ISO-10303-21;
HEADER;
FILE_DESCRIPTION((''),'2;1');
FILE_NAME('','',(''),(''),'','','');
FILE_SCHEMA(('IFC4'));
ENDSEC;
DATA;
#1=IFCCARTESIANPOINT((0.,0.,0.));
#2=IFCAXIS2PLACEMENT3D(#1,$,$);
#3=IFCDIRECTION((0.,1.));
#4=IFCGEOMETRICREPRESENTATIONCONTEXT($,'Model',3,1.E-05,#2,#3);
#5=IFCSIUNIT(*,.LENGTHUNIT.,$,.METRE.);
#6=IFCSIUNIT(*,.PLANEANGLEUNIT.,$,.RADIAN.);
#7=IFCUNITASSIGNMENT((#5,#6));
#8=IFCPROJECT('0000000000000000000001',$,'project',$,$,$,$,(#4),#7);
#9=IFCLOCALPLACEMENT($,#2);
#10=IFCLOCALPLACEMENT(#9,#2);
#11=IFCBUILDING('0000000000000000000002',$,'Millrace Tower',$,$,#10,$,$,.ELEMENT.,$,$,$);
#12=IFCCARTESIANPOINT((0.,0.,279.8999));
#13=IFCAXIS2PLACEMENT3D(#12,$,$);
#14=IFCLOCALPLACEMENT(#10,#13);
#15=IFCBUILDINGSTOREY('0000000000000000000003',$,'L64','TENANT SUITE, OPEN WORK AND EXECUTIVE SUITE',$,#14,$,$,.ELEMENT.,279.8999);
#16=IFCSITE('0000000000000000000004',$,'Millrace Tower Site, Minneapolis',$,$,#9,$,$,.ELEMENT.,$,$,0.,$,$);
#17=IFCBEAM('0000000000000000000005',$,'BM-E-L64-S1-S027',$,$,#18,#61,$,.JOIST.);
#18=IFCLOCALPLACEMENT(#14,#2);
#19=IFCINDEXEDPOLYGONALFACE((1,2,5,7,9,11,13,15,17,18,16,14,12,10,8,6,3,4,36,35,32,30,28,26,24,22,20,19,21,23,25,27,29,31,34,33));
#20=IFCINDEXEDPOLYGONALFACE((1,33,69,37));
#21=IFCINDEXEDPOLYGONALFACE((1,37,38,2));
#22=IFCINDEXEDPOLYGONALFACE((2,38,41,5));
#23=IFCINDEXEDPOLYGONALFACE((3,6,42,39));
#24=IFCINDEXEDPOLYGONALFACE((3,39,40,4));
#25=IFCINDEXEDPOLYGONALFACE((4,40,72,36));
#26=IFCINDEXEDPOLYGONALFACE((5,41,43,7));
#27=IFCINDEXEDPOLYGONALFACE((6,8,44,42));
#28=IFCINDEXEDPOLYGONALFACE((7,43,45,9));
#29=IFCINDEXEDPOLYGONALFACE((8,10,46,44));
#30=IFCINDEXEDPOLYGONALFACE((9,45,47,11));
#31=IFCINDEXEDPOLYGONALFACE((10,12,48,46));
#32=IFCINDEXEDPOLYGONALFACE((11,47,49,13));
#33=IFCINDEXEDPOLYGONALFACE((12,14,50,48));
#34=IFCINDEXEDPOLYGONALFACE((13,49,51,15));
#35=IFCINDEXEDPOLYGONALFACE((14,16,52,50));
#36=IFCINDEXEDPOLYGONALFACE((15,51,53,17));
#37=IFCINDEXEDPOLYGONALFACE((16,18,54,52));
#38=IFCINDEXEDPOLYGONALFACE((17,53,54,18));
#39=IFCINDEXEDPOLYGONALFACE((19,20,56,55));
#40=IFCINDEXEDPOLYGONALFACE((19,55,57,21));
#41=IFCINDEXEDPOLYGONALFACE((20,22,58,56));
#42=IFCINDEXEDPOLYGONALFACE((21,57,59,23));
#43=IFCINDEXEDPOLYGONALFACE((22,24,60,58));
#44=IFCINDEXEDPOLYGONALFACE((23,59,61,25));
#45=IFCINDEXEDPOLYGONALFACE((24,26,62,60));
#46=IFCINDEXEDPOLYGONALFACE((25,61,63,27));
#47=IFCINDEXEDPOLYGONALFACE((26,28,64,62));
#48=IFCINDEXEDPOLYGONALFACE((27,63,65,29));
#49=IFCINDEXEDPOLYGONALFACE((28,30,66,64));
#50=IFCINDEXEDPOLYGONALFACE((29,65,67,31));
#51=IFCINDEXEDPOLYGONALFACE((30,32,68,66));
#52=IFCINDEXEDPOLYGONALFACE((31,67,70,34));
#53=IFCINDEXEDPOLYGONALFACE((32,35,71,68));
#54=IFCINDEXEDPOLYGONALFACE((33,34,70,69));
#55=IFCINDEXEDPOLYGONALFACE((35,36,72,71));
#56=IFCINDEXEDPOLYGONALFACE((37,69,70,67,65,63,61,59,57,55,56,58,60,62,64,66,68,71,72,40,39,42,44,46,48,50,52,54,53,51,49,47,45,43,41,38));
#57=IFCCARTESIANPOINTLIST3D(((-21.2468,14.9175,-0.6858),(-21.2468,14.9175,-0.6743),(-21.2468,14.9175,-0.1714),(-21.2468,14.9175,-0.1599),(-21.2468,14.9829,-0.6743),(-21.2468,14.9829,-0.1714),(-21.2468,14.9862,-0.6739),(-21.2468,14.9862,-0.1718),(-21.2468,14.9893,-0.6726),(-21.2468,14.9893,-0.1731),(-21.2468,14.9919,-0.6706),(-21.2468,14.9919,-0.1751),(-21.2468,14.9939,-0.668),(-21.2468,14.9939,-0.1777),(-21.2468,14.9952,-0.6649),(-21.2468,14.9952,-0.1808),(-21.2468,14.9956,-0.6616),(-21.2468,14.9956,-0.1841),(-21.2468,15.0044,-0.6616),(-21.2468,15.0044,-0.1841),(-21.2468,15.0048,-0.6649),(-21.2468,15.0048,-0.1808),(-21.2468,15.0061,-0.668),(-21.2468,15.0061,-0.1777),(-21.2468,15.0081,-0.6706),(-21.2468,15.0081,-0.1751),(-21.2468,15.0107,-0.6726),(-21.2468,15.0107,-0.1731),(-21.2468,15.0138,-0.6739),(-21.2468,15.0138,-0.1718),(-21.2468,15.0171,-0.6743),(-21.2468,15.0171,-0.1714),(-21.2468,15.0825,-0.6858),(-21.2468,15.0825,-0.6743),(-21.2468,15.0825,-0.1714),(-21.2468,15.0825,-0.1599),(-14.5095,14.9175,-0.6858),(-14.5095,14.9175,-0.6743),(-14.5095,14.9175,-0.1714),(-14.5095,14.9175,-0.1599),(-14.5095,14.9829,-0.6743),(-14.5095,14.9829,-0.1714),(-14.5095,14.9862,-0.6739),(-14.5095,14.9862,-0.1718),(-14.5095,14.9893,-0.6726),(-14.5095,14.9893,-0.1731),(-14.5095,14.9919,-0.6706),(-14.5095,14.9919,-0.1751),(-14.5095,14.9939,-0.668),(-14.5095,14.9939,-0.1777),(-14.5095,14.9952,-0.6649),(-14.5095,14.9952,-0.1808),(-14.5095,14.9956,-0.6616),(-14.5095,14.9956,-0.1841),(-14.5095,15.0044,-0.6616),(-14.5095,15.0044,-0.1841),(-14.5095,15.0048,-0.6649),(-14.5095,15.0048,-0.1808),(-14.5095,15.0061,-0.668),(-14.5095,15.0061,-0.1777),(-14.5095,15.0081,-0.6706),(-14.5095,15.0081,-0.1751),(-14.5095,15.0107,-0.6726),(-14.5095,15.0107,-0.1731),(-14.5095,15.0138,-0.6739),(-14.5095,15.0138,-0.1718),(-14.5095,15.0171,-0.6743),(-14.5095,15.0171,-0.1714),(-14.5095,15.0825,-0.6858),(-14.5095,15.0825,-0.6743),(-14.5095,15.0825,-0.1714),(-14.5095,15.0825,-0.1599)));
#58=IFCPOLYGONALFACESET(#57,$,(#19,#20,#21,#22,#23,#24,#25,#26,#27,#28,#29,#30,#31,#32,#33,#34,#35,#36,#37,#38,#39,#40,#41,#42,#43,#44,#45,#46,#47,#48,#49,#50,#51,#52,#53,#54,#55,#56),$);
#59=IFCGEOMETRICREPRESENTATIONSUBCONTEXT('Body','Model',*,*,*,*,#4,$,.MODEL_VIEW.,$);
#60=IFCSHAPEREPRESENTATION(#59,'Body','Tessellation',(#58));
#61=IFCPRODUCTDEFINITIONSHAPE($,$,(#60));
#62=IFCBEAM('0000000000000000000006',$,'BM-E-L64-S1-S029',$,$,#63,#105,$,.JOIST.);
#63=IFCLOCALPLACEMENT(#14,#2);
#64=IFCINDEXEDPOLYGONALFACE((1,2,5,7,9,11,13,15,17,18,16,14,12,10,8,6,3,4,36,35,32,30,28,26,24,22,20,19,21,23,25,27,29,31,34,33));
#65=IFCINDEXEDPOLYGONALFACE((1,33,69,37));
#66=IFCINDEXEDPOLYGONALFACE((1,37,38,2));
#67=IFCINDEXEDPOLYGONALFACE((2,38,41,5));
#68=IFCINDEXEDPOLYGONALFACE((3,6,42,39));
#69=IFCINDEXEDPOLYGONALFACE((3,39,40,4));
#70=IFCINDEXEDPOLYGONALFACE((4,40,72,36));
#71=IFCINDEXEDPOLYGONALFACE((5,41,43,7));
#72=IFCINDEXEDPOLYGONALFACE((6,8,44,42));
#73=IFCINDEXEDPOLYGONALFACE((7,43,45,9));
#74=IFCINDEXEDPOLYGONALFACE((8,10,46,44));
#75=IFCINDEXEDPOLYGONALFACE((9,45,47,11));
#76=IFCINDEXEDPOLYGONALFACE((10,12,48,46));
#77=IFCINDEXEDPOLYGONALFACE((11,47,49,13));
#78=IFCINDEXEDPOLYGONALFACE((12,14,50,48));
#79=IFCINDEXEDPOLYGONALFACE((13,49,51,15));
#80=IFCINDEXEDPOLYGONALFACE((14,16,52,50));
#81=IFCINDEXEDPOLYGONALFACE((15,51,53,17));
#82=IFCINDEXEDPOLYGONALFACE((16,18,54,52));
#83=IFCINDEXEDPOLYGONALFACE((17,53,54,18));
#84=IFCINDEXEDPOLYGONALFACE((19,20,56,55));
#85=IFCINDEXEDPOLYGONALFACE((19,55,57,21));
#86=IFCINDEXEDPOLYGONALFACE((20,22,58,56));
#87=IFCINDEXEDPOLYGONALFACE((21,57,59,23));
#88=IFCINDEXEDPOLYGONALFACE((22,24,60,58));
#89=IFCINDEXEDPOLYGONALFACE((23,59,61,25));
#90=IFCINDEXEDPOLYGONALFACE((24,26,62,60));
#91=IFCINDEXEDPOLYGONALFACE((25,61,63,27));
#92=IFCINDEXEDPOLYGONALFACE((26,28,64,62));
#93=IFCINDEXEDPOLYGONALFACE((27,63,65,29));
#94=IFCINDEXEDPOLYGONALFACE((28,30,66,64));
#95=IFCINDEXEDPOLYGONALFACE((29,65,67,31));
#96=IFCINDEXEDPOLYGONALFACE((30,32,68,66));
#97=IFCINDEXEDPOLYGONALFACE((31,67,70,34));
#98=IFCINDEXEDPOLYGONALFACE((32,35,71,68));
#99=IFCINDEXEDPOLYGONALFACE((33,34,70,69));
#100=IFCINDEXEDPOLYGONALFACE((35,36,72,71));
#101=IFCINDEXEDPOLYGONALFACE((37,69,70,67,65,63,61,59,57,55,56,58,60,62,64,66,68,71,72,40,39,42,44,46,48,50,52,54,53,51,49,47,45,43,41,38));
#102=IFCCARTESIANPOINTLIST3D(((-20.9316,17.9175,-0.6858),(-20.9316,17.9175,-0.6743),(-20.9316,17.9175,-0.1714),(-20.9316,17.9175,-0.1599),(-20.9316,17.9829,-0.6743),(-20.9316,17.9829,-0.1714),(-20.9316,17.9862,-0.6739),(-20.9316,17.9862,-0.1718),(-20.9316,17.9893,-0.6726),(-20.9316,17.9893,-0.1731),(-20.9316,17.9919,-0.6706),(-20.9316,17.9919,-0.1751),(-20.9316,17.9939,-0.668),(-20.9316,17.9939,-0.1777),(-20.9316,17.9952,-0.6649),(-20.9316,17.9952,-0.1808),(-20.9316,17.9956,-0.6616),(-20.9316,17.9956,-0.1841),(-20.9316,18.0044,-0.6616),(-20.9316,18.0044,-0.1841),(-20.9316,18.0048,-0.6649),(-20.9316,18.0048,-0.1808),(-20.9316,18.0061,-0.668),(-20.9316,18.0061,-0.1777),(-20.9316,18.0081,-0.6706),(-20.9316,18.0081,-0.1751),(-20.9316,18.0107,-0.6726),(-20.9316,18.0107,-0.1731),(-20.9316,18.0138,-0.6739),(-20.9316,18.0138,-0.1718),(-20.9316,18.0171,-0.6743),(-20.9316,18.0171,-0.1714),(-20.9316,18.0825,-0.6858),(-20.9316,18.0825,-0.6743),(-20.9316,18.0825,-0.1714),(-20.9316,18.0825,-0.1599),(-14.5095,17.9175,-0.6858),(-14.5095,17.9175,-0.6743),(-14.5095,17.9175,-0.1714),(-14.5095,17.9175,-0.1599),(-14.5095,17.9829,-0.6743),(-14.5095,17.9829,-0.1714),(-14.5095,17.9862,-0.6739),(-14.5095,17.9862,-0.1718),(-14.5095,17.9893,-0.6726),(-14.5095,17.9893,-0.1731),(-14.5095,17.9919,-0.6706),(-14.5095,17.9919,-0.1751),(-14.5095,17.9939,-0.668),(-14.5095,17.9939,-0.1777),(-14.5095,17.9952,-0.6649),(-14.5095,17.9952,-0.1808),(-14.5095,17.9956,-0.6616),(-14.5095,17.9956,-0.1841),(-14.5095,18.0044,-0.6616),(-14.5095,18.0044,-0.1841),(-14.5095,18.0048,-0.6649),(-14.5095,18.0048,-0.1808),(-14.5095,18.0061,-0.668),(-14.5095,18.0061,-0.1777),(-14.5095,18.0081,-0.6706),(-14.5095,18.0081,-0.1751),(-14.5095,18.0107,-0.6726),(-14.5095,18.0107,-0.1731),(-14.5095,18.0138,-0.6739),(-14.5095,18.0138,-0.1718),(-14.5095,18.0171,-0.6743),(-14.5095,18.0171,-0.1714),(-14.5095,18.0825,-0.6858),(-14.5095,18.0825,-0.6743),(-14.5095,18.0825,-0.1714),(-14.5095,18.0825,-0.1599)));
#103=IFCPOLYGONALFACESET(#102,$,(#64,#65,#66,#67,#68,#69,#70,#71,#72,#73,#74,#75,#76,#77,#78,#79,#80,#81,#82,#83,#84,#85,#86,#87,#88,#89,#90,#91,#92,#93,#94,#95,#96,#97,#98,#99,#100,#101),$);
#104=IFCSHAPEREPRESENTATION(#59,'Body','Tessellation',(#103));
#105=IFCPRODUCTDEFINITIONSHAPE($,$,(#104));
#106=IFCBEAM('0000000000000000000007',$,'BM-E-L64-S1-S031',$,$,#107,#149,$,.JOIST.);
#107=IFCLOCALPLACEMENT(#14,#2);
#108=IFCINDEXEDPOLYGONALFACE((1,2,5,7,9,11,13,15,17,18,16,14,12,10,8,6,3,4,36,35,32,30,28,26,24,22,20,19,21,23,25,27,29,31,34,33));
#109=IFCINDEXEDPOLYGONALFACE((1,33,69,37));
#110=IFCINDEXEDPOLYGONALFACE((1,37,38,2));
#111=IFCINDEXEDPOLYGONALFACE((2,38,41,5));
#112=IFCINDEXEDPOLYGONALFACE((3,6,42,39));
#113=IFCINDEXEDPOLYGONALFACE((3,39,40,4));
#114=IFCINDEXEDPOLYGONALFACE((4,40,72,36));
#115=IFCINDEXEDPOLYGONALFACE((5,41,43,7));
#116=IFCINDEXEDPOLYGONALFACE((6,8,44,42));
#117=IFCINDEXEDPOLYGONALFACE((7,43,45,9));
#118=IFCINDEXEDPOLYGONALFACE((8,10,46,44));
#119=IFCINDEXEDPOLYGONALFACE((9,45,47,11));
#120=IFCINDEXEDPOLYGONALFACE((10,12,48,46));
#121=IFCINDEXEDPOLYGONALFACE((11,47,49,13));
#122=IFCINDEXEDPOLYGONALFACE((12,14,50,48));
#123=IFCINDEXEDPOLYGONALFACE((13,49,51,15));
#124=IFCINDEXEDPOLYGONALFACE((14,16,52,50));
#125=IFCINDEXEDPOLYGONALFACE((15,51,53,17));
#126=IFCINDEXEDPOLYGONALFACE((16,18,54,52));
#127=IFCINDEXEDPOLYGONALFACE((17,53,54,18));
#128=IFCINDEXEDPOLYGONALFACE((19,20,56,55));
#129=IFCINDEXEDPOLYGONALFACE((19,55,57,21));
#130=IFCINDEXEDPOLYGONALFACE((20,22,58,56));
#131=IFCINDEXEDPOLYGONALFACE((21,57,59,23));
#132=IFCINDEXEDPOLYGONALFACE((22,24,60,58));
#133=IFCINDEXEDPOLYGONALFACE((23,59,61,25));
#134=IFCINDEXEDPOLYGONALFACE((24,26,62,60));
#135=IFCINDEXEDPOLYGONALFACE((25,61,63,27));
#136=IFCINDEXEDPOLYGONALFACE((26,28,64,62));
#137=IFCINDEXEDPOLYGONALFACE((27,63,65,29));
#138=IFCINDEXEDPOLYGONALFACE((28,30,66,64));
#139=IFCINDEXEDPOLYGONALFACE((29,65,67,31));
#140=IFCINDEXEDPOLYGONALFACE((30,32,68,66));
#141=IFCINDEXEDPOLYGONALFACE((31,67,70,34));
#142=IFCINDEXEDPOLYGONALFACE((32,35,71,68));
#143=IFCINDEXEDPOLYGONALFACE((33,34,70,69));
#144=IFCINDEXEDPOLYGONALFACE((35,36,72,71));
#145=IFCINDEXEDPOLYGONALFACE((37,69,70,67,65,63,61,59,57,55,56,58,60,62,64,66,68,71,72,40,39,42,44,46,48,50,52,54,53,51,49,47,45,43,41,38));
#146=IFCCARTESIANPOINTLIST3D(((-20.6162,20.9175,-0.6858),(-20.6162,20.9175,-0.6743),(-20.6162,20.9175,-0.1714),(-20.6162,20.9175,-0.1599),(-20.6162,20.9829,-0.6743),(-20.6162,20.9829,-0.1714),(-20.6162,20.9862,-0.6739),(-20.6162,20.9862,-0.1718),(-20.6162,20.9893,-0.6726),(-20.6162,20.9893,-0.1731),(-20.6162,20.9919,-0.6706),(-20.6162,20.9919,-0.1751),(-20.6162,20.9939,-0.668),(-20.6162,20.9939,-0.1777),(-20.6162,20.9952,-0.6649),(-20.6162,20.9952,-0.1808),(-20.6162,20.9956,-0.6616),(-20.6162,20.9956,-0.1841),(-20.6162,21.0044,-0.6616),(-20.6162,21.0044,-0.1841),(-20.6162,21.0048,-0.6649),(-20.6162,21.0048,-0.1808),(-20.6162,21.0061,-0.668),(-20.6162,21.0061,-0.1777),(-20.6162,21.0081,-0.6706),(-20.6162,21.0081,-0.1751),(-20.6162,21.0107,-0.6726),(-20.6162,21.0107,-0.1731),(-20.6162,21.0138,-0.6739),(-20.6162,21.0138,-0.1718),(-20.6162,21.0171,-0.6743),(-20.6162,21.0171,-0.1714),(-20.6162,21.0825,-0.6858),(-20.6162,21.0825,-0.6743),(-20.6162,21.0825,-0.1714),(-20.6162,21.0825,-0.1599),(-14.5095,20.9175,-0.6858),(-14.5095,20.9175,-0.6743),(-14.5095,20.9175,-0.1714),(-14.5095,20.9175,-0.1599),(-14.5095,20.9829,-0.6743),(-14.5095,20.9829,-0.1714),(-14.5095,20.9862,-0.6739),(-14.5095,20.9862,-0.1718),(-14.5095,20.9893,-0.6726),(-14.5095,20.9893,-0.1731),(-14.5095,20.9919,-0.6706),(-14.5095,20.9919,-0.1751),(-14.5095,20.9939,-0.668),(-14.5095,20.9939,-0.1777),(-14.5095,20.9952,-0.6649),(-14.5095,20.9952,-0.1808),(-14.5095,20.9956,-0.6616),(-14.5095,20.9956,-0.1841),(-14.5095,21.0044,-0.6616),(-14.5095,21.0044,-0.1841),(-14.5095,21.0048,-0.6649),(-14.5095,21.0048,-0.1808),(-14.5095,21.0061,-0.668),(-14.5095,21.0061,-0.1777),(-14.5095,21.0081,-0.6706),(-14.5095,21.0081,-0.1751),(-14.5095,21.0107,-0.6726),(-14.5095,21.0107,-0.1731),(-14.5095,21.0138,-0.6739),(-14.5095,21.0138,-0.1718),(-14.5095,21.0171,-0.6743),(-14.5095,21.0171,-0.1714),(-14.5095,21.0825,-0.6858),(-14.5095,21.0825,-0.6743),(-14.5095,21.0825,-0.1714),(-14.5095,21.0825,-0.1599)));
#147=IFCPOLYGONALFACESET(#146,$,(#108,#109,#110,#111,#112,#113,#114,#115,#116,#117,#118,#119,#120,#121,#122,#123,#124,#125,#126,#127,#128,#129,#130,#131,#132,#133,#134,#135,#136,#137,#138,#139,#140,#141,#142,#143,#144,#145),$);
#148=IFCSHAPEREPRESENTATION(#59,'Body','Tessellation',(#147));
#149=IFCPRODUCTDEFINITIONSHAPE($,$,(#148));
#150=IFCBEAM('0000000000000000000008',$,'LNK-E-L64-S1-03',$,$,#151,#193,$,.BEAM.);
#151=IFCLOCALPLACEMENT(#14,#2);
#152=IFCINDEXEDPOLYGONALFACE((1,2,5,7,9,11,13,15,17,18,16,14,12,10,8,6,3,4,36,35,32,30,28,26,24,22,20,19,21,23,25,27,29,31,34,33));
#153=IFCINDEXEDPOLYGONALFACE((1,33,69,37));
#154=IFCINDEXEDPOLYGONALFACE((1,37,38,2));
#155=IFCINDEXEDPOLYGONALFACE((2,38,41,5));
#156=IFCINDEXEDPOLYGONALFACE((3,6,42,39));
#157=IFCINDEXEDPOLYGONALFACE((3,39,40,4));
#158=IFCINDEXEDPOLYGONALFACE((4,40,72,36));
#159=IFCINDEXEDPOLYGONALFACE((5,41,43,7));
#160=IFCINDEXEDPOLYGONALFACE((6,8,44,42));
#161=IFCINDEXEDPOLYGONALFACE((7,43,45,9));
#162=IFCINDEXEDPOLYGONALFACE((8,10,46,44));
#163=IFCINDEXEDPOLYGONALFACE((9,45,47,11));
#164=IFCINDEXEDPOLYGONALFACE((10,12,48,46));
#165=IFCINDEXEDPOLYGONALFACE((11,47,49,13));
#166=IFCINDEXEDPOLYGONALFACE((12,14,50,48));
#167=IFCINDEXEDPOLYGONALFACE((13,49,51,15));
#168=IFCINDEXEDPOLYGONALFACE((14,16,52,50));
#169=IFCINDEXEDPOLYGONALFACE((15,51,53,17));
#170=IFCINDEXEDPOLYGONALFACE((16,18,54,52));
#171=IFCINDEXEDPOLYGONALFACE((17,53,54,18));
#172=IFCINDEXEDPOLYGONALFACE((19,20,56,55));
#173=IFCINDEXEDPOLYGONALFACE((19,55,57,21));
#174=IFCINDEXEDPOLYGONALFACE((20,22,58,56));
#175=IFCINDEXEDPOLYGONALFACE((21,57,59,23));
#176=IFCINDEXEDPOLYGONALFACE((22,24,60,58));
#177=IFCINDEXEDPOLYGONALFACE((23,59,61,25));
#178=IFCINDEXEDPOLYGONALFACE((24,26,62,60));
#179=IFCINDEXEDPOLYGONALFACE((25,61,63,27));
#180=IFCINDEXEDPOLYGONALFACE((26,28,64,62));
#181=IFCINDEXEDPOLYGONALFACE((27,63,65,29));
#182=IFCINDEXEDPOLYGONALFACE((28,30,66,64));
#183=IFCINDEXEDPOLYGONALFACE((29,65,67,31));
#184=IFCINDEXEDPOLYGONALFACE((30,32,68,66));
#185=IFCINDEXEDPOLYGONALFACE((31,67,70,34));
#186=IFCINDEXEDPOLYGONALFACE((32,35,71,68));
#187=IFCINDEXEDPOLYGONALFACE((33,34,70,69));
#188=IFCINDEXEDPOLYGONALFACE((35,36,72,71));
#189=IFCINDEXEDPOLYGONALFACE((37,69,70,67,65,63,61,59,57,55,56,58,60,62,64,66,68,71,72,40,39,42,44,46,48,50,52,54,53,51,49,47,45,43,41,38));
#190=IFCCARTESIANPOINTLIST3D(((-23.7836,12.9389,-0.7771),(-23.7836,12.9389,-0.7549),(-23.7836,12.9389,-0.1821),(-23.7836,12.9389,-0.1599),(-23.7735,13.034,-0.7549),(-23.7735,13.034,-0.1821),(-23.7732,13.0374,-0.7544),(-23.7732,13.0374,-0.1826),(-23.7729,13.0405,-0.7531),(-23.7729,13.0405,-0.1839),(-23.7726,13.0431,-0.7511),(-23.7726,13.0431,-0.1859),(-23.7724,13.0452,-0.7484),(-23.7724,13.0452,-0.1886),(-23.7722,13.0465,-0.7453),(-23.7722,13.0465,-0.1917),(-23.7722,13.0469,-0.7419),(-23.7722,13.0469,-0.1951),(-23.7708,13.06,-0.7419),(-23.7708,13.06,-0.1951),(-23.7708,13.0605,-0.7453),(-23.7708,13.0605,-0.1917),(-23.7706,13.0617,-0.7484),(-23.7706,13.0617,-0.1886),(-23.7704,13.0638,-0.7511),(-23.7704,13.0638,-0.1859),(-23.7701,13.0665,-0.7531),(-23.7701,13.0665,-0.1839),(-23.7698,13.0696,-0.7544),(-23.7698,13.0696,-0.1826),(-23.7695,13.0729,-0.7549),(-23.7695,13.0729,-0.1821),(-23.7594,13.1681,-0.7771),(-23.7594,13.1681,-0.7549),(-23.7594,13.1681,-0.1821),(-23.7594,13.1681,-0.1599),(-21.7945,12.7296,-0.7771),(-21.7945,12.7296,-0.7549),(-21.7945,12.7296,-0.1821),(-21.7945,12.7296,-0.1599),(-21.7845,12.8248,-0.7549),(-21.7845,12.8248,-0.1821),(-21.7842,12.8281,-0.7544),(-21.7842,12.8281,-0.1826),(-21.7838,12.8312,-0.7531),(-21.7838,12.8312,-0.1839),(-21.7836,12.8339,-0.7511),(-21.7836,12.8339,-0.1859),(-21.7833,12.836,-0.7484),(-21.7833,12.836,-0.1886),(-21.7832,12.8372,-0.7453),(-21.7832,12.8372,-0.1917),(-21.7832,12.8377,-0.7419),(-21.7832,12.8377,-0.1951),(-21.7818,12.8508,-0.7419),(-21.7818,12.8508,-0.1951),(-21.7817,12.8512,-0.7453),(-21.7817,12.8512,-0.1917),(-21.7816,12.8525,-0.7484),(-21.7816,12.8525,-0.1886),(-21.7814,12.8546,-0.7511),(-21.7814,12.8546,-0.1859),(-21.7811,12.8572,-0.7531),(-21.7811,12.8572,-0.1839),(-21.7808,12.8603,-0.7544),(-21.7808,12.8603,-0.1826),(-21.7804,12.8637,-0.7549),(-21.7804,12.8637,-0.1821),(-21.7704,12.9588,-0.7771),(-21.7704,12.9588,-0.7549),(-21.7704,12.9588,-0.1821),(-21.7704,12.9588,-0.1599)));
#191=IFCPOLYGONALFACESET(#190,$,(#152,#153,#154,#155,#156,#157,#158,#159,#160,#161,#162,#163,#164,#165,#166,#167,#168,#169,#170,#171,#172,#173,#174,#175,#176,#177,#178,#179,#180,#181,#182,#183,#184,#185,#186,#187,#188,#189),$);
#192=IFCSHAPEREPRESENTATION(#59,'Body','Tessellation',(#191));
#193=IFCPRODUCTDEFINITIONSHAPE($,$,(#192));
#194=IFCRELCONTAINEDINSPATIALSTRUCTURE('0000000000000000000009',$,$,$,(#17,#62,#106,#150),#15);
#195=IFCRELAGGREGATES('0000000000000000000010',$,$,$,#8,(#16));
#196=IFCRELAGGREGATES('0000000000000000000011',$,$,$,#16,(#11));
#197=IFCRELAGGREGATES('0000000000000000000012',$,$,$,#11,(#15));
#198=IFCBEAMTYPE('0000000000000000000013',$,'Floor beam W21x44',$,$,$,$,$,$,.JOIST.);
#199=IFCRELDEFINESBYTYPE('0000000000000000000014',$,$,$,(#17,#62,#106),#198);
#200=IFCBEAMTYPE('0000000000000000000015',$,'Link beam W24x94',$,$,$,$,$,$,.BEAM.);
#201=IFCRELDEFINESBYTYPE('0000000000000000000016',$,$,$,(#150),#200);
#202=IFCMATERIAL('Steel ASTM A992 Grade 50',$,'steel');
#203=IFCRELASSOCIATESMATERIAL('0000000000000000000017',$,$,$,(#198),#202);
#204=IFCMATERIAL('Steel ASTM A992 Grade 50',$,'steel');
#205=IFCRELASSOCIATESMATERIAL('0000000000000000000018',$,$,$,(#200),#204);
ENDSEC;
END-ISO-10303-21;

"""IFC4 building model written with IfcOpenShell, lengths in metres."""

from ifc_helpers import new_model, si_unit, direction, frame, origin, origin_2d, place, context, subcontext, project, spatial, i_section, extrude, material, material_profile, profile_set, type_object, element, save


model = new_model("IFC4")

# Units and contexts
model_context = context("Model", 3, precision=1e-05, world=origin(), true_north=direction((0.0, 1.0)))
body_context = subcontext(model_context, "Body", "Model", "MODEL_VIEW")
ifc_project = project(units=[si_unit("LENGTHUNIT", "METRE"), si_unit("PLANEANGLEUNIT", "RADIAN")], contexts=[model_context])

# Site, building, storey
site_placement = place(None, origin())
site = spatial("IfcSite", under=ifc_project, at=site_placement, Name="Millrace Tower Site, Minneapolis", CompositionType="ELEMENT", RefElevation=0.0)
building_placement = place(site_placement, origin())
building = spatial("IfcBuilding", under=site, at=building_placement, Name="Millrace Tower", CompositionType="ELEMENT")
storey_placement = place(building_placement, frame((0.0, 0.0, 279.8999)))
storey = spatial("IfcBuildingStorey", under=building, at=storey_placement, Name="L64", Description="TENANT SUITE, OPEN WORK AND EXECUTIVE SUITE", CompositionType="ELEMENT", Elevation=279.8999)

# Beams
ifc_material_1 = material(Name="Steel ASTM A992 Grade 50", Category="steel")
ifc_material_profile_1 = material_profile(ifc_material_1, i_section(OverallWidth=0.165, OverallDepth=0.5259, WebThickness=0.0088, FlangeThickness=0.0115, FilletRadius=0.0127, at=origin_2d()))
ifc_profile_set_1 = profile_set([ifc_material_profile_1], Name="Steel ASTM A992 Grade 50")
beam_type_1 = type_object("IfcBeamType", Name="Floor beam W21x44", PredefinedType="JOIST", material=ifc_profile_set_1)
beam_1_placement = place(storey_placement, frame((-21.2468, 15.0, -0.4229), z_axis=(1.0, 0.0, 0.0), x_axis=(0.0, 1.0, 0.0)))
element("IfcBeam", 1, at=beam_1_placement, inside=storey, type_object=beam_type_1, Name="BM-E-L64-S1-S027", PredefinedType="JOIST", context=body_context, shape_type="SweptSolid", body=[
    extrude(i_section(OverallWidth=0.165, OverallDepth=0.5259, WebThickness=0.0088, FlangeThickness=0.0115, FilletRadius=0.0127, at=origin_2d()), origin(), (0.0, 0.0, 1.0), 6.7373),
])
beam_2_placement = place(storey_placement, frame((-20.9316, 18.0, -0.4229), z_axis=(1.0, 0.0, 0.0), x_axis=(0.0, 1.0, 0.0)))
element("IfcBeam", 2, at=beam_2_placement, inside=storey, type_object=beam_type_1, Name="BM-E-L64-S1-S029", PredefinedType="JOIST", context=body_context, shape_type="SweptSolid", body=[
    extrude(i_section(OverallWidth=0.165, OverallDepth=0.5259, WebThickness=0.0088, FlangeThickness=0.0115, FilletRadius=0.0127, at=origin_2d()), origin(), (0.0, 0.0, 1.0), 6.4221),
])
beam_3_placement = place(storey_placement, frame((-20.6162, 21.0, -0.4229), z_axis=(1.0, 0.0, 0.0), x_axis=(0.0, 1.0, 0.0)))
element("IfcBeam", 3, at=beam_3_placement, inside=storey, type_object=beam_type_1, Name="BM-E-L64-S1-S031", PredefinedType="JOIST", context=body_context, shape_type="SweptSolid", body=[
    extrude(i_section(OverallWidth=0.165, OverallDepth=0.5259, WebThickness=0.0088, FlangeThickness=0.0115, FilletRadius=0.0127, at=origin_2d()), origin(), (0.0, 0.0, 1.0), 6.1067),
])
ifc_material_2 = material(Name="Steel ASTM A992 Grade 50", Category="steel")
ifc_material_profile_2 = material_profile(ifc_material_2, i_section(OverallWidth=0.2305, OverallDepth=0.6172, WebThickness=0.0132, FlangeThickness=0.0222, FilletRadius=0.0129, at=origin_2d()))
ifc_profile_set_2 = profile_set([ifc_material_profile_2], Name="Steel ASTM A992 Grade 50")
beam_type_2 = type_object("IfcBeamType", Name="Link beam W24x94", PredefinedType="BEAM", material=ifc_profile_set_2)
beam_4_placement = place(storey_placement, frame((-21.7825, 12.8442, -0.4685), z_axis=(-0.994513, 0.104615, 0.0), x_axis=(-0.104615, -0.994513, 0.0)))
element("IfcBeam", 4, at=beam_4_placement, inside=storey, type_object=beam_type_2, Name="LNK-E-L64-S1-03", PredefinedType="BEAM", context=body_context, shape_type="SweptSolid", body=[
    extrude(i_section(OverallWidth=0.2305, OverallDepth=0.6172, WebThickness=0.0132, FlangeThickness=0.0222, FilletRadius=0.0129, at=origin_2d()), origin(), (0.0, 0.0, 1.0), 2.0),
])

save(model, "model.ifc")
